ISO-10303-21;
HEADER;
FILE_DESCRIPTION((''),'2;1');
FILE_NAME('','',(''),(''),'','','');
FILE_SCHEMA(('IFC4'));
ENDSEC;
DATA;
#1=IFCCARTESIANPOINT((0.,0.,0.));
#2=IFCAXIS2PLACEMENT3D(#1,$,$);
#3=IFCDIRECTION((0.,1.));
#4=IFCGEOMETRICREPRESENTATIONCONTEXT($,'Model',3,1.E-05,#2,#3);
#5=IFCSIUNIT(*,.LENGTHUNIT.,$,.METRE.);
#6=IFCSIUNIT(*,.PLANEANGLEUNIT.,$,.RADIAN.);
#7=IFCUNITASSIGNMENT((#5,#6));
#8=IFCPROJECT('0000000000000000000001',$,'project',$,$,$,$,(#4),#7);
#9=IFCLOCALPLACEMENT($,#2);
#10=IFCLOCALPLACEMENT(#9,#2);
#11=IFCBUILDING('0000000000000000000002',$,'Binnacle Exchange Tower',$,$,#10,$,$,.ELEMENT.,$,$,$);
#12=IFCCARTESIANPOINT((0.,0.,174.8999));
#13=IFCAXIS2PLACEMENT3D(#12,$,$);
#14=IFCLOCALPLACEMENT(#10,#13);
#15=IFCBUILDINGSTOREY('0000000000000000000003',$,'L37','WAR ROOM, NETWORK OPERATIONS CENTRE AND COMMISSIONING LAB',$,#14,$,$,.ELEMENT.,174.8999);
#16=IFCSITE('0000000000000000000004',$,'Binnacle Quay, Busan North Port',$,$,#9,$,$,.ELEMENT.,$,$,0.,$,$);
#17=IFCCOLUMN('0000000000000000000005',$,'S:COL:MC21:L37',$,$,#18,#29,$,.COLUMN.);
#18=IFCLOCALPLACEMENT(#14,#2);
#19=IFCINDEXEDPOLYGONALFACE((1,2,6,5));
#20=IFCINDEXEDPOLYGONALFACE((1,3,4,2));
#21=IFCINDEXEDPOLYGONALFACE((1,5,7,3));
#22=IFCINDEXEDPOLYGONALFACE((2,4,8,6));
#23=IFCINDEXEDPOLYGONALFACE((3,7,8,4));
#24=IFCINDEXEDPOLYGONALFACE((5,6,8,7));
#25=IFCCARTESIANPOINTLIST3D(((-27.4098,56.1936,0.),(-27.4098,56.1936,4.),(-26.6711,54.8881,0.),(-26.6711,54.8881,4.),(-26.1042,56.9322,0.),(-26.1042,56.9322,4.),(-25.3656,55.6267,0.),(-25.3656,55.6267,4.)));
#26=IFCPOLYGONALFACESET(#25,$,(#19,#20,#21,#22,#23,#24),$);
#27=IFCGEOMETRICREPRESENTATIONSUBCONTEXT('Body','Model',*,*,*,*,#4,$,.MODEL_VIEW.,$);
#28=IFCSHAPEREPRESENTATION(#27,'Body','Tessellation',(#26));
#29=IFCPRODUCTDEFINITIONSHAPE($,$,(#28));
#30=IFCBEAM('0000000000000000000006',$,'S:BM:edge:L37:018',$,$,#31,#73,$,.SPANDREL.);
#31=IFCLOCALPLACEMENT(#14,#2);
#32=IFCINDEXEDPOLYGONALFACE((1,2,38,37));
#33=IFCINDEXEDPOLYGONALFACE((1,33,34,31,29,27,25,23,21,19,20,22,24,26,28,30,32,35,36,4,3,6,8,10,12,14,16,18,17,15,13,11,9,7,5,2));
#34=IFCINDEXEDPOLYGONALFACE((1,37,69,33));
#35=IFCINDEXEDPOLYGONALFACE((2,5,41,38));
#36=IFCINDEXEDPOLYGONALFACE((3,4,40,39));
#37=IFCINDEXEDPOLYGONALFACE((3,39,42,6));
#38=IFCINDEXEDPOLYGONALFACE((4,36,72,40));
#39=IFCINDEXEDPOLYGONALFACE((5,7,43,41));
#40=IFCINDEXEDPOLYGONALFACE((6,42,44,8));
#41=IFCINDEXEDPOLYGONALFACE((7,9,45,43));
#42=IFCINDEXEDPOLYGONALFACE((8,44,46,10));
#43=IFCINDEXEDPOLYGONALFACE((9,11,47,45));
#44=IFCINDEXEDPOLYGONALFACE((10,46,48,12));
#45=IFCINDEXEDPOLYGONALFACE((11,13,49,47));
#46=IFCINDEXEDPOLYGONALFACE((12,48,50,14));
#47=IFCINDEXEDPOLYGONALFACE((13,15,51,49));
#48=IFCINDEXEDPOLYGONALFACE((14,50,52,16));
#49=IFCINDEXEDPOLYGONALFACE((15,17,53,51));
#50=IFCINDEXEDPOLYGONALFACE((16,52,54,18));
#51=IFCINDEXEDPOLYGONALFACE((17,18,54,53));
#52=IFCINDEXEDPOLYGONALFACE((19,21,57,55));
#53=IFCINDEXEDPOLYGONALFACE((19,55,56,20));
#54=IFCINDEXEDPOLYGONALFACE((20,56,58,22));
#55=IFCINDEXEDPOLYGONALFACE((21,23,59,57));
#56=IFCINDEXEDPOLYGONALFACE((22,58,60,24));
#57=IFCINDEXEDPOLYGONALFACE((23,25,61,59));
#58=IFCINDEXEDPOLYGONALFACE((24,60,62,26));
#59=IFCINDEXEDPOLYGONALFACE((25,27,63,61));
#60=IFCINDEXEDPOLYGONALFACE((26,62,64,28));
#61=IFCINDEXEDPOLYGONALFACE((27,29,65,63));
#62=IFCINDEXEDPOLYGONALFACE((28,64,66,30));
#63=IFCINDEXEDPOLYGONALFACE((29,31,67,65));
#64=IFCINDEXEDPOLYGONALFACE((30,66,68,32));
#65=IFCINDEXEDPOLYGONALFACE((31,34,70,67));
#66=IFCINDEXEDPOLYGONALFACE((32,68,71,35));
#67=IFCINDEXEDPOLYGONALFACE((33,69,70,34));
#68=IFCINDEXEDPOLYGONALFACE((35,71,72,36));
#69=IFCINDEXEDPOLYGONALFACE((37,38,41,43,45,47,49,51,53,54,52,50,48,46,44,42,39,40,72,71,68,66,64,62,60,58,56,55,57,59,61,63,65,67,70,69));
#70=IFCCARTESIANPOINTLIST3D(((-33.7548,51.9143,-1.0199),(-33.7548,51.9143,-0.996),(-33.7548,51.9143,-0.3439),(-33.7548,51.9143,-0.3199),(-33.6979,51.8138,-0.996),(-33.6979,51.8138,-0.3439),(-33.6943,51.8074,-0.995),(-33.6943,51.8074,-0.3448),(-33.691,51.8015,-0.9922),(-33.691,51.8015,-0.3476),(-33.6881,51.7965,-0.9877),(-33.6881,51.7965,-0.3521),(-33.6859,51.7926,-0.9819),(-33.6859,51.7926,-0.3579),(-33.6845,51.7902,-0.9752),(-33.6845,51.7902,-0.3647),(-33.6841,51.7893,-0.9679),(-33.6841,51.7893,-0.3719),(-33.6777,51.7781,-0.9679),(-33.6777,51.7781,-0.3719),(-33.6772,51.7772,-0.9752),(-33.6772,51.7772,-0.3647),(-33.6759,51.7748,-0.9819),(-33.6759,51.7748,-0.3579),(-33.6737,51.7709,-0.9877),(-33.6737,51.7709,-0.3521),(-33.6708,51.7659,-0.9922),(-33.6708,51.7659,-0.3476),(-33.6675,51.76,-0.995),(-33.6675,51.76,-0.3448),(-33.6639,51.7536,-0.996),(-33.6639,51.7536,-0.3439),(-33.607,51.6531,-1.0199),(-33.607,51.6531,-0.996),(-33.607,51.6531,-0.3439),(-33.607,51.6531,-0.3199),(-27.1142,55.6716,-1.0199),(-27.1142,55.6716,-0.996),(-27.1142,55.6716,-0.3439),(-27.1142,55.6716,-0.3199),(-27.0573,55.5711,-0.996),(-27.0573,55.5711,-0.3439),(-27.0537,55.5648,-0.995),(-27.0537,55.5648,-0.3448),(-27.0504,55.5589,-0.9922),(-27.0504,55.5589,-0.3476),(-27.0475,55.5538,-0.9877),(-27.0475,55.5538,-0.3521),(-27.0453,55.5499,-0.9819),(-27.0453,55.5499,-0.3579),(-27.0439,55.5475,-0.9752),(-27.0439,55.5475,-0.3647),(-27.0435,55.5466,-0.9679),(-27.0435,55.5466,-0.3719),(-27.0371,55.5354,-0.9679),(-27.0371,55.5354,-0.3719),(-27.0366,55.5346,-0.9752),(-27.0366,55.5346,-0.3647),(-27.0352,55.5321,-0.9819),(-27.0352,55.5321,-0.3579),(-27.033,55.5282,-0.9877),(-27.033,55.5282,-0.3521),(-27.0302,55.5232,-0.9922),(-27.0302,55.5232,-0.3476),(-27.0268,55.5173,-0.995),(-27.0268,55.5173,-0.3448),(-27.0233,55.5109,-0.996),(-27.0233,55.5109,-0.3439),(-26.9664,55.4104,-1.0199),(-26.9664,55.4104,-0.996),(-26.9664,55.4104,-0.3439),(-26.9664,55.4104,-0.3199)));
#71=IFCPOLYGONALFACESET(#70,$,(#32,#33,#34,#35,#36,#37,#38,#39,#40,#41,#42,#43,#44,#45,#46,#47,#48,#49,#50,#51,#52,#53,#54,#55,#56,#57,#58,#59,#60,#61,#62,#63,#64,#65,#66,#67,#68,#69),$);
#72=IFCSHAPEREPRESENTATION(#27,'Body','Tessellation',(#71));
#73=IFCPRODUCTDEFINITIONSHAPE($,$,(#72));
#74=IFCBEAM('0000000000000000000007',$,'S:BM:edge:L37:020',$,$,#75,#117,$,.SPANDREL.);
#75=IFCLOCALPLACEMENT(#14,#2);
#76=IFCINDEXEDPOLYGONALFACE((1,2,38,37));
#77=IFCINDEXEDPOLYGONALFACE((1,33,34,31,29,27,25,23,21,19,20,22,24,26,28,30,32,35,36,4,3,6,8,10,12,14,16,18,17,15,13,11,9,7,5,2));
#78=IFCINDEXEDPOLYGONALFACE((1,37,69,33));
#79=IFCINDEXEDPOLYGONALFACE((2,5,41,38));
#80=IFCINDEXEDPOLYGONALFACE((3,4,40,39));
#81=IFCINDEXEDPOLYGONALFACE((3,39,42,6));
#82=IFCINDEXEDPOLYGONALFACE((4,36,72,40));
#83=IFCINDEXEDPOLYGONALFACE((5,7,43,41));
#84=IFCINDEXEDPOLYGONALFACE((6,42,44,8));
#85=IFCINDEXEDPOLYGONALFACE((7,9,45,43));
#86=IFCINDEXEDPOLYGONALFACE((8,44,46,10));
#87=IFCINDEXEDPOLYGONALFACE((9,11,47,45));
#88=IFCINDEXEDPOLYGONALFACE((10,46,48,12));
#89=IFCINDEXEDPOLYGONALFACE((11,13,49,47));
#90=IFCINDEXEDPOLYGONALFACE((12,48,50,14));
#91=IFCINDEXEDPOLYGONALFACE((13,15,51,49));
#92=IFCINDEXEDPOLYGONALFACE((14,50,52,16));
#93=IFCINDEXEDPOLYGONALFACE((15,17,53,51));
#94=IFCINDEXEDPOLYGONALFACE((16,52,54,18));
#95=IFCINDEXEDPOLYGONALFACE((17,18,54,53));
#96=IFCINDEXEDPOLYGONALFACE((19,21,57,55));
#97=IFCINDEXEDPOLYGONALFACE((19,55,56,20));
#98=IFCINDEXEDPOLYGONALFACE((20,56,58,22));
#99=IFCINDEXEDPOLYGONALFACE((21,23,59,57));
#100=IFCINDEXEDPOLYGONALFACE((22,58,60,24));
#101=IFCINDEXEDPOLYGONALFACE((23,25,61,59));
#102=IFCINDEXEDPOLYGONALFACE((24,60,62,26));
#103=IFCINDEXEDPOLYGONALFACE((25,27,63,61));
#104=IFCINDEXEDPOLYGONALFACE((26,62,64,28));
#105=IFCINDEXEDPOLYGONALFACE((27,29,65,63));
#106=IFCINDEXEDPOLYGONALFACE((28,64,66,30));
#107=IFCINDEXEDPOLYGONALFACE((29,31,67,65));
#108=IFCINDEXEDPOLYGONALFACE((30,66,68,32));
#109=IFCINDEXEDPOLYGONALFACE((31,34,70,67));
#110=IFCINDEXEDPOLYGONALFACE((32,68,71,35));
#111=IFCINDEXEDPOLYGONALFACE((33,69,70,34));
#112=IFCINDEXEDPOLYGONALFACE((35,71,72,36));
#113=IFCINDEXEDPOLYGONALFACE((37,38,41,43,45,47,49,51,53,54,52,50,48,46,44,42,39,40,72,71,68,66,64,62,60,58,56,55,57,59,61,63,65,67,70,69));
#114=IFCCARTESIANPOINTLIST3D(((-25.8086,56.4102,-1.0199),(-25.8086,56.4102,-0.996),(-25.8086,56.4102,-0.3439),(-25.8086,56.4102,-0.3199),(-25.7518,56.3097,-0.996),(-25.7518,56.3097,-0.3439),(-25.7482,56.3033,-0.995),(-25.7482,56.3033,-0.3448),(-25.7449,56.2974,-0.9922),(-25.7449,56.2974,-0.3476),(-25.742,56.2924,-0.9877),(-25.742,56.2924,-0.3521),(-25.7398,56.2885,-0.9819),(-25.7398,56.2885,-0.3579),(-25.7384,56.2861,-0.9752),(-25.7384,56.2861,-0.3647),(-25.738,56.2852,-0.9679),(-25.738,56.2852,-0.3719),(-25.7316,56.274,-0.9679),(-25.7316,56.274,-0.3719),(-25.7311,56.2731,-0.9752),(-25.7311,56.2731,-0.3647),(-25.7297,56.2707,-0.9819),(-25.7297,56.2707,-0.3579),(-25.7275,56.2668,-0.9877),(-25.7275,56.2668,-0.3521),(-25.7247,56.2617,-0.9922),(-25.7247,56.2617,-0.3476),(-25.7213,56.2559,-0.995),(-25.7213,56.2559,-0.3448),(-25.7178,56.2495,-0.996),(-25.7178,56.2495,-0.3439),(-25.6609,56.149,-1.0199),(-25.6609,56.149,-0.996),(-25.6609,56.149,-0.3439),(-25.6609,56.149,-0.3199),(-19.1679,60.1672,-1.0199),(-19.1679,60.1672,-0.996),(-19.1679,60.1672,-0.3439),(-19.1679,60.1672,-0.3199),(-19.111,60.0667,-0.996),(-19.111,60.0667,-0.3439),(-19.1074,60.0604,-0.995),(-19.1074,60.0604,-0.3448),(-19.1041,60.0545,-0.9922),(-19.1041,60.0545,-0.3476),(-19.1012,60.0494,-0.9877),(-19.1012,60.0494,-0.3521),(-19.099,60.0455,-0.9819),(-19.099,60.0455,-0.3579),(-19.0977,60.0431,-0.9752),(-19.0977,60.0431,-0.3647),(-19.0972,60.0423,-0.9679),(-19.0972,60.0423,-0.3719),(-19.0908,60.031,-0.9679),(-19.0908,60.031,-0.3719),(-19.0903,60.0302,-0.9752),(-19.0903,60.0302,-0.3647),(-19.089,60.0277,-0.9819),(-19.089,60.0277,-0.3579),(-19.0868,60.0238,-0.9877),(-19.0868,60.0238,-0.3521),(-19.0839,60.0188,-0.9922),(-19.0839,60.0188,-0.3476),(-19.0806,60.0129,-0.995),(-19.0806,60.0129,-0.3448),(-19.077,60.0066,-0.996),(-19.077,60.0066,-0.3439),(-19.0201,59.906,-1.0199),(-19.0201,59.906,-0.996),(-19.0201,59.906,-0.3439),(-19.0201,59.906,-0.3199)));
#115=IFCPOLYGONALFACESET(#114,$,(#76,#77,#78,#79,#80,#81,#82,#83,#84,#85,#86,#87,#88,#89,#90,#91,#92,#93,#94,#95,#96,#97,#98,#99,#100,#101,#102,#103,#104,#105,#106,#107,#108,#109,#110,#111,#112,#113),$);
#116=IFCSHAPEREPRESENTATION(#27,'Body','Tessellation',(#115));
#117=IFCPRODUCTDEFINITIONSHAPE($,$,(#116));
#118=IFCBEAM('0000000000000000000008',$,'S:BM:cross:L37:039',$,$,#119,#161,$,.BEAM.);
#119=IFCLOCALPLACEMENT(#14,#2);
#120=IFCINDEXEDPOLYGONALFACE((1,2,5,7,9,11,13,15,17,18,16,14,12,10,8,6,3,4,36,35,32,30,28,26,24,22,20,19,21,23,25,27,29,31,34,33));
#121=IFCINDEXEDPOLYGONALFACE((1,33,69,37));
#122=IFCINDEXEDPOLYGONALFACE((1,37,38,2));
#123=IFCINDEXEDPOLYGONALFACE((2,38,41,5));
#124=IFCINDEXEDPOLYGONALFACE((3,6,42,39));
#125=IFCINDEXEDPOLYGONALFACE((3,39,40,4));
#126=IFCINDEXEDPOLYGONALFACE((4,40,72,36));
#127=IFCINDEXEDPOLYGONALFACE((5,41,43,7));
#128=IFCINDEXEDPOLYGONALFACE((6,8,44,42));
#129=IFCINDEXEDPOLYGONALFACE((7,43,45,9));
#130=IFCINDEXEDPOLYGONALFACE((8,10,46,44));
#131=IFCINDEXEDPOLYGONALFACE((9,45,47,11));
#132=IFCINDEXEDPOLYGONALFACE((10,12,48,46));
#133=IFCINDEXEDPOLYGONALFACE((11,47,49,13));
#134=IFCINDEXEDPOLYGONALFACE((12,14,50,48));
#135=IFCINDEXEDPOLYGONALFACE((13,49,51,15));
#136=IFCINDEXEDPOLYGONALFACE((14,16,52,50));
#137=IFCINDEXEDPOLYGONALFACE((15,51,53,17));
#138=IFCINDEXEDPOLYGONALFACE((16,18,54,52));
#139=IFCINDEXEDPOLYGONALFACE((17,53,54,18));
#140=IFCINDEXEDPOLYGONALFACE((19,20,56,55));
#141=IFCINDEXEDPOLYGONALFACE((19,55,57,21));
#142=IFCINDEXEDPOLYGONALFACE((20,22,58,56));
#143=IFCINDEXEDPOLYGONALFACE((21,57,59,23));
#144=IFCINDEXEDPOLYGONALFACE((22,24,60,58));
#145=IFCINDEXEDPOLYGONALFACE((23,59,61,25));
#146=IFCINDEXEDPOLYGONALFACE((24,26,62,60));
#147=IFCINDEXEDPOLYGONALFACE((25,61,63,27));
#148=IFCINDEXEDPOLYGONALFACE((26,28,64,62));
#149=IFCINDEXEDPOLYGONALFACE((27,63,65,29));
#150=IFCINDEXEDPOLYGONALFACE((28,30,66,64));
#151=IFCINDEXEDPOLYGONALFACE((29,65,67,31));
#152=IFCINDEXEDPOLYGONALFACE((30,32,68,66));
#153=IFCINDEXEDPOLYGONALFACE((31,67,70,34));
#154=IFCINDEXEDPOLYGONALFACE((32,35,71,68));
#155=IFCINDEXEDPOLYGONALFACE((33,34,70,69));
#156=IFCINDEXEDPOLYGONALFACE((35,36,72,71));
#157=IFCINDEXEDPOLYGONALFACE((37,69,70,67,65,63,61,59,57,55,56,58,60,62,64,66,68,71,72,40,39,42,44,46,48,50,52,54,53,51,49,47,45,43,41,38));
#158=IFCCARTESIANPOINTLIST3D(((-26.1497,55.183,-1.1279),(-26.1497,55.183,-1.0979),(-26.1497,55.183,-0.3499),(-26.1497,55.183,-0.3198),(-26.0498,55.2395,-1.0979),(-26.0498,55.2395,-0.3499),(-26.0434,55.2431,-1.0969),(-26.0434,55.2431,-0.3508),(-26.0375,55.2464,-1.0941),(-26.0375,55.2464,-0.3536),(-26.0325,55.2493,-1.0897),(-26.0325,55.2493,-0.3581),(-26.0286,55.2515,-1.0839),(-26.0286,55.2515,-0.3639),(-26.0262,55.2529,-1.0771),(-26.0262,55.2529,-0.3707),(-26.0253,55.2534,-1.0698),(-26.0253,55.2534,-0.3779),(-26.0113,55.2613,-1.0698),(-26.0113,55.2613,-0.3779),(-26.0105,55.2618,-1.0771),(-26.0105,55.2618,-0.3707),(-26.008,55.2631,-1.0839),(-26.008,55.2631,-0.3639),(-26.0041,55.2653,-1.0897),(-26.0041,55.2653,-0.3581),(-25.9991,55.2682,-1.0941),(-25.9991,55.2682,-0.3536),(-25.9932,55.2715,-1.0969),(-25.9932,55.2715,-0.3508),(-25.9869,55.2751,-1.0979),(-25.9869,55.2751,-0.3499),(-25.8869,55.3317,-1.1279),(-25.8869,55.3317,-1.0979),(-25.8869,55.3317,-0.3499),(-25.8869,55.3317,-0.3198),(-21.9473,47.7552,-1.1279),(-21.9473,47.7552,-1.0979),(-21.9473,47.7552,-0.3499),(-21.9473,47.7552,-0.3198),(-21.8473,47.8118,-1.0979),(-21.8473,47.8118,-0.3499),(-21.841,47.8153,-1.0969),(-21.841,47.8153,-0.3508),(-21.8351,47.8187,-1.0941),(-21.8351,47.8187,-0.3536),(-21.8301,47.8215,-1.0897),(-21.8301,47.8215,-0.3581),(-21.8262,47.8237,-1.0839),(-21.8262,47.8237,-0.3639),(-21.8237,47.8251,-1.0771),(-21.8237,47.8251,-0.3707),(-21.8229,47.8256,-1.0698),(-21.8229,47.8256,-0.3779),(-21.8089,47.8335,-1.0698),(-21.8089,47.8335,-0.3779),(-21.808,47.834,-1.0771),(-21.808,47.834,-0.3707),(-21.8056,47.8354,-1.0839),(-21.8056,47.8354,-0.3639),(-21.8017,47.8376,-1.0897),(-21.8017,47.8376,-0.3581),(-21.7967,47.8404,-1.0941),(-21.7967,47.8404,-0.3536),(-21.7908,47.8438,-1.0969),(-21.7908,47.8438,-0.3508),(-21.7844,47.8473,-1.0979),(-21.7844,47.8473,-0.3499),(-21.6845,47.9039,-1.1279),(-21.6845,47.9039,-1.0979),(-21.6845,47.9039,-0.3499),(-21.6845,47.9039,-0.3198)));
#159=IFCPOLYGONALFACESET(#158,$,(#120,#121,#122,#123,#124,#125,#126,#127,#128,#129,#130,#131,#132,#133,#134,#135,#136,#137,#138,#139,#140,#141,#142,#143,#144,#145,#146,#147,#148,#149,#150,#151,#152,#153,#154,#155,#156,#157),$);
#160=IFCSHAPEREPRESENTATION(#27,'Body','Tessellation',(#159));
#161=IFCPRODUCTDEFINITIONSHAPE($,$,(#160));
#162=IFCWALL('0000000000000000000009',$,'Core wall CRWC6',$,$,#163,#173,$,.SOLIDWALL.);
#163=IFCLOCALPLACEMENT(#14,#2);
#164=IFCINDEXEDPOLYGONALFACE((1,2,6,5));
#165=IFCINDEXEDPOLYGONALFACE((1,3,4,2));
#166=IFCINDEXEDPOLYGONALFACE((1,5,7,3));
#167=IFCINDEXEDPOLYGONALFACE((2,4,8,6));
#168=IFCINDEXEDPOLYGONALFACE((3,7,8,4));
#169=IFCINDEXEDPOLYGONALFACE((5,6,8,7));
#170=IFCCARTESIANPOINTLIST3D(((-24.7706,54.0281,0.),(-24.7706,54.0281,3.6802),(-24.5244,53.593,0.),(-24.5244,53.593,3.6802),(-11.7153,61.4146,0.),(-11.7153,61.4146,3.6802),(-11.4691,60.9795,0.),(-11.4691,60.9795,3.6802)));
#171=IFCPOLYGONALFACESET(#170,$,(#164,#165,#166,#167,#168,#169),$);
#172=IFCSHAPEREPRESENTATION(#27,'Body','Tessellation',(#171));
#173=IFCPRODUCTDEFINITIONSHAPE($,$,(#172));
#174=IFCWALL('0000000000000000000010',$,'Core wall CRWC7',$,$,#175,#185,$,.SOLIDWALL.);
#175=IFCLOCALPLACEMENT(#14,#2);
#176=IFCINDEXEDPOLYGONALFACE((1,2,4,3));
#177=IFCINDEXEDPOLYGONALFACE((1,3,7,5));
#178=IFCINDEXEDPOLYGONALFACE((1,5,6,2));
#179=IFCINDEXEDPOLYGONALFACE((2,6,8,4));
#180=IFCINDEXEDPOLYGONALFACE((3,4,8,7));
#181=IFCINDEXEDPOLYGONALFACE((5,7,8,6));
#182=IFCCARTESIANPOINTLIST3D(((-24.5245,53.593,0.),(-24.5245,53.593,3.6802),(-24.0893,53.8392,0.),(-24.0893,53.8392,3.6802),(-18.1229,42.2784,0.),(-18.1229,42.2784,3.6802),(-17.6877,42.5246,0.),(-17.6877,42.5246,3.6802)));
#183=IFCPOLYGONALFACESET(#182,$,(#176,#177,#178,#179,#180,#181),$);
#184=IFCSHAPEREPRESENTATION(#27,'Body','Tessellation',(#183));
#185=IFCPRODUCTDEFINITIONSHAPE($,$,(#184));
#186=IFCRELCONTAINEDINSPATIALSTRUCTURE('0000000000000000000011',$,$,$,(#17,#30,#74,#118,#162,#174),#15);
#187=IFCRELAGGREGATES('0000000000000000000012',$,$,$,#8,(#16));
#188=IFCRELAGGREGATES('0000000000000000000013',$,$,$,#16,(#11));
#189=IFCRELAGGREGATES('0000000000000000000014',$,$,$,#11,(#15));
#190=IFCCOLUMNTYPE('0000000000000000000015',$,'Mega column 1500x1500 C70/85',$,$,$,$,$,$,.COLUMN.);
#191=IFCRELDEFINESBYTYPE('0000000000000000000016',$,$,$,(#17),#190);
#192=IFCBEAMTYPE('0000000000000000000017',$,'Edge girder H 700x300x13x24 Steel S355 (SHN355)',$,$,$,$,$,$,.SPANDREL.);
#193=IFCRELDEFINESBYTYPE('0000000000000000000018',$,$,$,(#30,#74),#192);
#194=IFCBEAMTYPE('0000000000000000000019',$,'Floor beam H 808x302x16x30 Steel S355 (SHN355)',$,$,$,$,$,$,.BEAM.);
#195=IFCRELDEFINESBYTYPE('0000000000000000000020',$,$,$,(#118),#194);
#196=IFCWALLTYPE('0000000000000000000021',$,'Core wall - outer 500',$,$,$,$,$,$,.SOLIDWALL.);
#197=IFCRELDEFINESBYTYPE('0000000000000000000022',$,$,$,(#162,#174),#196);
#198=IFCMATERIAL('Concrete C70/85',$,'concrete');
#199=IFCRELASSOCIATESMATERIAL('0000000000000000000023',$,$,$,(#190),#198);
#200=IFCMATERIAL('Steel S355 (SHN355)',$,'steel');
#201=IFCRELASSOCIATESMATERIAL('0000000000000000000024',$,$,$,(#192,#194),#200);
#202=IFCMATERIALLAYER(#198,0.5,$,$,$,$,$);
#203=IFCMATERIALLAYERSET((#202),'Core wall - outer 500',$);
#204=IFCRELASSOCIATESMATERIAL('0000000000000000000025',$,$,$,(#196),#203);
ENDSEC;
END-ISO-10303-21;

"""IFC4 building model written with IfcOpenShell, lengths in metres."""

from ifc_helpers import new_model, si_unit, direction, frame, frame_2d, origin, origin_2d, place, context, subcontext, project, spatial, rectangle, i_section, extrude, material, layer, layer_set, material_profile, profile_set, type_object, element, save


model = new_model("IFC4")

# Units and contexts
model_context = context("Model", 3, precision=1e-05, world=origin(), true_north=direction((0.0, 1.0)))
body_context = subcontext(model_context, "Body", "Model", "MODEL_VIEW")
ifc_project = project(units=[si_unit("LENGTHUNIT", "METRE"), si_unit("PLANEANGLEUNIT", "RADIAN")], contexts=[model_context])

# Site, building, storey
site_placement = place(None, origin())
site = spatial("IfcSite", under=ifc_project, at=site_placement, Name="Binnacle Quay, Busan North Port", CompositionType="ELEMENT", RefElevation=0.0)
building_placement = place(site_placement, origin())
building = spatial("IfcBuilding", under=site, at=building_placement, Name="Binnacle Exchange Tower", CompositionType="ELEMENT")
storey_placement = place(building_placement, frame((0.0, 0.0, 174.8999)))
storey = spatial("IfcBuildingStorey", under=building, at=storey_placement, Name="L37", Description="WAR ROOM, NETWORK OPERATIONS CENTRE AND COMMISSIONING LAB", CompositionType="ELEMENT", Elevation=174.8999)

# Column
ifc_material_1 = material(Name="Concrete C70/85", Category="concrete")
ifc_material_profile_1 = material_profile(ifc_material_1, rectangle(XDim=1.5, YDim=1.5, at=origin_2d()), Name="Mega column 1500x1500 C70/85")
ifc_profile_set_1 = profile_set([ifc_material_profile_1], Name="Concrete C70/85")
column_type = type_object("IfcColumnType", Name="Mega column 1500x1500 C70/85", PredefinedType="COLUMN", material=ifc_profile_set_1)
column_placement = place(storey_placement, frame((-26.3877, 55.9102, 0.0), z_axis=(0.0, 0.0, 1.0), x_axis=(-0.870356, -0.492424, 0.0)))
element("IfcColumn", 1, at=column_placement, inside=storey, type_object=column_type, Name="S:COL:MC21:L37", PredefinedType="COLUMN", context=body_context, shape_type="SweptSolid", body=[
    extrude(rectangle(XDim=1.5, YDim=1.5, at=origin_2d()), origin(), (0.0, 0.0, 1.0), 4.0),
])

# Beams
ifc_material_2 = material(Name="Steel S355 (SHN355)", Category="steel")
ifc_material_profile_2 = material_profile(ifc_material_2, i_section(OverallWidth=0.3, OverallDepth=0.7, WebThickness=0.0129, FlangeThickness=0.0239, FilletRadius=0.0281, at=origin_2d()), Name="H 700x300x13x24")
ifc_profile_set_2 = profile_set([ifc_material_profile_2], Name="Steel S355 (SHN355)")
beam_type_1 = type_object("IfcBeamType", Name="Edge girder H 700x300x13x24 Steel S355 (SHN355)", PredefinedType="SPANDREL", material=ifc_profile_set_2)
for number, where, z_axis, x_axis, name in (
    (2, (-27.0403, 55.541, -0.6699), (-0.870342, -0.492447, 0.0), (0.492447, -0.870342, 0.0), "S:BM:edge:L37:018"),
    (3, (-19.094, 60.0366, -0.6699), (-0.870364, -0.492409, 0.0), (0.492409, -0.870364, 0.0), "S:BM:edge:L37:020"),
):
    element("IfcBeam", number, at=place(storey_placement, frame(where, z_axis=z_axis, x_axis=x_axis)), inside=storey, type_object=beam_type_1, Name=name, PredefinedType="SPANDREL", context=body_context, shape_type="SweptSolid", body=[
        extrude(i_section(OverallWidth=0.3, OverallDepth=0.7, WebThickness=0.0129, FlangeThickness=0.0239, FilletRadius=0.0281, at=origin_2d()), origin(), (0.0, 0.0, 1.0), 7.6299),
    ])
ifc_material_profile_3 = material_profile(ifc_material_2, i_section(OverallWidth=0.302, OverallDepth=0.8081, WebThickness=0.0161, FlangeThickness=0.03, FilletRadius=0.0281, at=origin_2d()), Name="H 808x302x16x30")
ifc_profile_set_3 = profile_set([ifc_material_profile_3], Name="Steel S355 (SHN355)")
beam_type_2 = type_object("IfcBeamType", Name="Floor beam H 808x302x16x30 Steel S355 (SHN355)", PredefinedType="BEAM", material=ifc_profile_set_3)
beam_placement = place(storey_placement, frame((-26.0183, 55.2573, -0.7239), z_axis=(0.492422, -0.870357, 0.0), x_axis=(0.870357, 0.492422, 0.0)))
element("IfcBeam", 4, at=beam_placement, inside=storey, type_object=beam_type_2, Name="S:BM:cross:L37:039", PredefinedType="BEAM", context=body_context, shape_type="SweptSolid", body=[
    extrude(i_section(OverallWidth=0.302, OverallDepth=0.8081, WebThickness=0.0161, FlangeThickness=0.03, FilletRadius=0.0281, at=origin_2d()), origin(), (0.0, 0.0, 1.0), 8.5342),
])

# Walls
ifc_layer_1 = layer(ifc_material_1, 0.5)
ifc_layer_set_1 = layer_set([ifc_layer_1], Name="Core wall - outer 500")
wall_type_1 = type_object("IfcWallType", Name="Core wall - outer 500", PredefinedType="SOLIDWALL", material=ifc_layer_set_1)
wall_1_placement = place(storey_placement, frame((-24.6475, 53.8105, 0.0), z_axis=(0.0, 0.0, 1.0), x_axis=(0.87035, 0.492434, 0.0)))
element("IfcWall", 5, at=wall_1_placement, inside=storey, type_object=wall_type_1, Name="Core wall CRWC6", PredefinedType="SOLIDWALL", context=body_context, shape_type="SweptSolid", body=[
    extrude(rectangle(XDim=15.0, YDim=0.5, at=frame_2d((7.5, 0.0))), origin(), (0.0, 0.0, 1.0), 3.6802),
])
wall_2_placement = place(storey_placement, frame((-24.3069, 53.7161, 0.0), z_axis=(0.0, 0.0, 1.0), x_axis=(0.492427, -0.870354, 0.0)))
element("IfcWall", 6, at=wall_2_placement, inside=storey, type_object=wall_type_1, Name="Core wall CRWC7", PredefinedType="SOLIDWALL", context=body_context, shape_type="SweptSolid", body=[
    extrude(rectangle(XDim=13.0, YDim=0.5, at=frame_2d((6.5, 0.0))), origin(), (0.0, 0.0, 1.0), 3.6802),
])

save(model, "model.ifc")
